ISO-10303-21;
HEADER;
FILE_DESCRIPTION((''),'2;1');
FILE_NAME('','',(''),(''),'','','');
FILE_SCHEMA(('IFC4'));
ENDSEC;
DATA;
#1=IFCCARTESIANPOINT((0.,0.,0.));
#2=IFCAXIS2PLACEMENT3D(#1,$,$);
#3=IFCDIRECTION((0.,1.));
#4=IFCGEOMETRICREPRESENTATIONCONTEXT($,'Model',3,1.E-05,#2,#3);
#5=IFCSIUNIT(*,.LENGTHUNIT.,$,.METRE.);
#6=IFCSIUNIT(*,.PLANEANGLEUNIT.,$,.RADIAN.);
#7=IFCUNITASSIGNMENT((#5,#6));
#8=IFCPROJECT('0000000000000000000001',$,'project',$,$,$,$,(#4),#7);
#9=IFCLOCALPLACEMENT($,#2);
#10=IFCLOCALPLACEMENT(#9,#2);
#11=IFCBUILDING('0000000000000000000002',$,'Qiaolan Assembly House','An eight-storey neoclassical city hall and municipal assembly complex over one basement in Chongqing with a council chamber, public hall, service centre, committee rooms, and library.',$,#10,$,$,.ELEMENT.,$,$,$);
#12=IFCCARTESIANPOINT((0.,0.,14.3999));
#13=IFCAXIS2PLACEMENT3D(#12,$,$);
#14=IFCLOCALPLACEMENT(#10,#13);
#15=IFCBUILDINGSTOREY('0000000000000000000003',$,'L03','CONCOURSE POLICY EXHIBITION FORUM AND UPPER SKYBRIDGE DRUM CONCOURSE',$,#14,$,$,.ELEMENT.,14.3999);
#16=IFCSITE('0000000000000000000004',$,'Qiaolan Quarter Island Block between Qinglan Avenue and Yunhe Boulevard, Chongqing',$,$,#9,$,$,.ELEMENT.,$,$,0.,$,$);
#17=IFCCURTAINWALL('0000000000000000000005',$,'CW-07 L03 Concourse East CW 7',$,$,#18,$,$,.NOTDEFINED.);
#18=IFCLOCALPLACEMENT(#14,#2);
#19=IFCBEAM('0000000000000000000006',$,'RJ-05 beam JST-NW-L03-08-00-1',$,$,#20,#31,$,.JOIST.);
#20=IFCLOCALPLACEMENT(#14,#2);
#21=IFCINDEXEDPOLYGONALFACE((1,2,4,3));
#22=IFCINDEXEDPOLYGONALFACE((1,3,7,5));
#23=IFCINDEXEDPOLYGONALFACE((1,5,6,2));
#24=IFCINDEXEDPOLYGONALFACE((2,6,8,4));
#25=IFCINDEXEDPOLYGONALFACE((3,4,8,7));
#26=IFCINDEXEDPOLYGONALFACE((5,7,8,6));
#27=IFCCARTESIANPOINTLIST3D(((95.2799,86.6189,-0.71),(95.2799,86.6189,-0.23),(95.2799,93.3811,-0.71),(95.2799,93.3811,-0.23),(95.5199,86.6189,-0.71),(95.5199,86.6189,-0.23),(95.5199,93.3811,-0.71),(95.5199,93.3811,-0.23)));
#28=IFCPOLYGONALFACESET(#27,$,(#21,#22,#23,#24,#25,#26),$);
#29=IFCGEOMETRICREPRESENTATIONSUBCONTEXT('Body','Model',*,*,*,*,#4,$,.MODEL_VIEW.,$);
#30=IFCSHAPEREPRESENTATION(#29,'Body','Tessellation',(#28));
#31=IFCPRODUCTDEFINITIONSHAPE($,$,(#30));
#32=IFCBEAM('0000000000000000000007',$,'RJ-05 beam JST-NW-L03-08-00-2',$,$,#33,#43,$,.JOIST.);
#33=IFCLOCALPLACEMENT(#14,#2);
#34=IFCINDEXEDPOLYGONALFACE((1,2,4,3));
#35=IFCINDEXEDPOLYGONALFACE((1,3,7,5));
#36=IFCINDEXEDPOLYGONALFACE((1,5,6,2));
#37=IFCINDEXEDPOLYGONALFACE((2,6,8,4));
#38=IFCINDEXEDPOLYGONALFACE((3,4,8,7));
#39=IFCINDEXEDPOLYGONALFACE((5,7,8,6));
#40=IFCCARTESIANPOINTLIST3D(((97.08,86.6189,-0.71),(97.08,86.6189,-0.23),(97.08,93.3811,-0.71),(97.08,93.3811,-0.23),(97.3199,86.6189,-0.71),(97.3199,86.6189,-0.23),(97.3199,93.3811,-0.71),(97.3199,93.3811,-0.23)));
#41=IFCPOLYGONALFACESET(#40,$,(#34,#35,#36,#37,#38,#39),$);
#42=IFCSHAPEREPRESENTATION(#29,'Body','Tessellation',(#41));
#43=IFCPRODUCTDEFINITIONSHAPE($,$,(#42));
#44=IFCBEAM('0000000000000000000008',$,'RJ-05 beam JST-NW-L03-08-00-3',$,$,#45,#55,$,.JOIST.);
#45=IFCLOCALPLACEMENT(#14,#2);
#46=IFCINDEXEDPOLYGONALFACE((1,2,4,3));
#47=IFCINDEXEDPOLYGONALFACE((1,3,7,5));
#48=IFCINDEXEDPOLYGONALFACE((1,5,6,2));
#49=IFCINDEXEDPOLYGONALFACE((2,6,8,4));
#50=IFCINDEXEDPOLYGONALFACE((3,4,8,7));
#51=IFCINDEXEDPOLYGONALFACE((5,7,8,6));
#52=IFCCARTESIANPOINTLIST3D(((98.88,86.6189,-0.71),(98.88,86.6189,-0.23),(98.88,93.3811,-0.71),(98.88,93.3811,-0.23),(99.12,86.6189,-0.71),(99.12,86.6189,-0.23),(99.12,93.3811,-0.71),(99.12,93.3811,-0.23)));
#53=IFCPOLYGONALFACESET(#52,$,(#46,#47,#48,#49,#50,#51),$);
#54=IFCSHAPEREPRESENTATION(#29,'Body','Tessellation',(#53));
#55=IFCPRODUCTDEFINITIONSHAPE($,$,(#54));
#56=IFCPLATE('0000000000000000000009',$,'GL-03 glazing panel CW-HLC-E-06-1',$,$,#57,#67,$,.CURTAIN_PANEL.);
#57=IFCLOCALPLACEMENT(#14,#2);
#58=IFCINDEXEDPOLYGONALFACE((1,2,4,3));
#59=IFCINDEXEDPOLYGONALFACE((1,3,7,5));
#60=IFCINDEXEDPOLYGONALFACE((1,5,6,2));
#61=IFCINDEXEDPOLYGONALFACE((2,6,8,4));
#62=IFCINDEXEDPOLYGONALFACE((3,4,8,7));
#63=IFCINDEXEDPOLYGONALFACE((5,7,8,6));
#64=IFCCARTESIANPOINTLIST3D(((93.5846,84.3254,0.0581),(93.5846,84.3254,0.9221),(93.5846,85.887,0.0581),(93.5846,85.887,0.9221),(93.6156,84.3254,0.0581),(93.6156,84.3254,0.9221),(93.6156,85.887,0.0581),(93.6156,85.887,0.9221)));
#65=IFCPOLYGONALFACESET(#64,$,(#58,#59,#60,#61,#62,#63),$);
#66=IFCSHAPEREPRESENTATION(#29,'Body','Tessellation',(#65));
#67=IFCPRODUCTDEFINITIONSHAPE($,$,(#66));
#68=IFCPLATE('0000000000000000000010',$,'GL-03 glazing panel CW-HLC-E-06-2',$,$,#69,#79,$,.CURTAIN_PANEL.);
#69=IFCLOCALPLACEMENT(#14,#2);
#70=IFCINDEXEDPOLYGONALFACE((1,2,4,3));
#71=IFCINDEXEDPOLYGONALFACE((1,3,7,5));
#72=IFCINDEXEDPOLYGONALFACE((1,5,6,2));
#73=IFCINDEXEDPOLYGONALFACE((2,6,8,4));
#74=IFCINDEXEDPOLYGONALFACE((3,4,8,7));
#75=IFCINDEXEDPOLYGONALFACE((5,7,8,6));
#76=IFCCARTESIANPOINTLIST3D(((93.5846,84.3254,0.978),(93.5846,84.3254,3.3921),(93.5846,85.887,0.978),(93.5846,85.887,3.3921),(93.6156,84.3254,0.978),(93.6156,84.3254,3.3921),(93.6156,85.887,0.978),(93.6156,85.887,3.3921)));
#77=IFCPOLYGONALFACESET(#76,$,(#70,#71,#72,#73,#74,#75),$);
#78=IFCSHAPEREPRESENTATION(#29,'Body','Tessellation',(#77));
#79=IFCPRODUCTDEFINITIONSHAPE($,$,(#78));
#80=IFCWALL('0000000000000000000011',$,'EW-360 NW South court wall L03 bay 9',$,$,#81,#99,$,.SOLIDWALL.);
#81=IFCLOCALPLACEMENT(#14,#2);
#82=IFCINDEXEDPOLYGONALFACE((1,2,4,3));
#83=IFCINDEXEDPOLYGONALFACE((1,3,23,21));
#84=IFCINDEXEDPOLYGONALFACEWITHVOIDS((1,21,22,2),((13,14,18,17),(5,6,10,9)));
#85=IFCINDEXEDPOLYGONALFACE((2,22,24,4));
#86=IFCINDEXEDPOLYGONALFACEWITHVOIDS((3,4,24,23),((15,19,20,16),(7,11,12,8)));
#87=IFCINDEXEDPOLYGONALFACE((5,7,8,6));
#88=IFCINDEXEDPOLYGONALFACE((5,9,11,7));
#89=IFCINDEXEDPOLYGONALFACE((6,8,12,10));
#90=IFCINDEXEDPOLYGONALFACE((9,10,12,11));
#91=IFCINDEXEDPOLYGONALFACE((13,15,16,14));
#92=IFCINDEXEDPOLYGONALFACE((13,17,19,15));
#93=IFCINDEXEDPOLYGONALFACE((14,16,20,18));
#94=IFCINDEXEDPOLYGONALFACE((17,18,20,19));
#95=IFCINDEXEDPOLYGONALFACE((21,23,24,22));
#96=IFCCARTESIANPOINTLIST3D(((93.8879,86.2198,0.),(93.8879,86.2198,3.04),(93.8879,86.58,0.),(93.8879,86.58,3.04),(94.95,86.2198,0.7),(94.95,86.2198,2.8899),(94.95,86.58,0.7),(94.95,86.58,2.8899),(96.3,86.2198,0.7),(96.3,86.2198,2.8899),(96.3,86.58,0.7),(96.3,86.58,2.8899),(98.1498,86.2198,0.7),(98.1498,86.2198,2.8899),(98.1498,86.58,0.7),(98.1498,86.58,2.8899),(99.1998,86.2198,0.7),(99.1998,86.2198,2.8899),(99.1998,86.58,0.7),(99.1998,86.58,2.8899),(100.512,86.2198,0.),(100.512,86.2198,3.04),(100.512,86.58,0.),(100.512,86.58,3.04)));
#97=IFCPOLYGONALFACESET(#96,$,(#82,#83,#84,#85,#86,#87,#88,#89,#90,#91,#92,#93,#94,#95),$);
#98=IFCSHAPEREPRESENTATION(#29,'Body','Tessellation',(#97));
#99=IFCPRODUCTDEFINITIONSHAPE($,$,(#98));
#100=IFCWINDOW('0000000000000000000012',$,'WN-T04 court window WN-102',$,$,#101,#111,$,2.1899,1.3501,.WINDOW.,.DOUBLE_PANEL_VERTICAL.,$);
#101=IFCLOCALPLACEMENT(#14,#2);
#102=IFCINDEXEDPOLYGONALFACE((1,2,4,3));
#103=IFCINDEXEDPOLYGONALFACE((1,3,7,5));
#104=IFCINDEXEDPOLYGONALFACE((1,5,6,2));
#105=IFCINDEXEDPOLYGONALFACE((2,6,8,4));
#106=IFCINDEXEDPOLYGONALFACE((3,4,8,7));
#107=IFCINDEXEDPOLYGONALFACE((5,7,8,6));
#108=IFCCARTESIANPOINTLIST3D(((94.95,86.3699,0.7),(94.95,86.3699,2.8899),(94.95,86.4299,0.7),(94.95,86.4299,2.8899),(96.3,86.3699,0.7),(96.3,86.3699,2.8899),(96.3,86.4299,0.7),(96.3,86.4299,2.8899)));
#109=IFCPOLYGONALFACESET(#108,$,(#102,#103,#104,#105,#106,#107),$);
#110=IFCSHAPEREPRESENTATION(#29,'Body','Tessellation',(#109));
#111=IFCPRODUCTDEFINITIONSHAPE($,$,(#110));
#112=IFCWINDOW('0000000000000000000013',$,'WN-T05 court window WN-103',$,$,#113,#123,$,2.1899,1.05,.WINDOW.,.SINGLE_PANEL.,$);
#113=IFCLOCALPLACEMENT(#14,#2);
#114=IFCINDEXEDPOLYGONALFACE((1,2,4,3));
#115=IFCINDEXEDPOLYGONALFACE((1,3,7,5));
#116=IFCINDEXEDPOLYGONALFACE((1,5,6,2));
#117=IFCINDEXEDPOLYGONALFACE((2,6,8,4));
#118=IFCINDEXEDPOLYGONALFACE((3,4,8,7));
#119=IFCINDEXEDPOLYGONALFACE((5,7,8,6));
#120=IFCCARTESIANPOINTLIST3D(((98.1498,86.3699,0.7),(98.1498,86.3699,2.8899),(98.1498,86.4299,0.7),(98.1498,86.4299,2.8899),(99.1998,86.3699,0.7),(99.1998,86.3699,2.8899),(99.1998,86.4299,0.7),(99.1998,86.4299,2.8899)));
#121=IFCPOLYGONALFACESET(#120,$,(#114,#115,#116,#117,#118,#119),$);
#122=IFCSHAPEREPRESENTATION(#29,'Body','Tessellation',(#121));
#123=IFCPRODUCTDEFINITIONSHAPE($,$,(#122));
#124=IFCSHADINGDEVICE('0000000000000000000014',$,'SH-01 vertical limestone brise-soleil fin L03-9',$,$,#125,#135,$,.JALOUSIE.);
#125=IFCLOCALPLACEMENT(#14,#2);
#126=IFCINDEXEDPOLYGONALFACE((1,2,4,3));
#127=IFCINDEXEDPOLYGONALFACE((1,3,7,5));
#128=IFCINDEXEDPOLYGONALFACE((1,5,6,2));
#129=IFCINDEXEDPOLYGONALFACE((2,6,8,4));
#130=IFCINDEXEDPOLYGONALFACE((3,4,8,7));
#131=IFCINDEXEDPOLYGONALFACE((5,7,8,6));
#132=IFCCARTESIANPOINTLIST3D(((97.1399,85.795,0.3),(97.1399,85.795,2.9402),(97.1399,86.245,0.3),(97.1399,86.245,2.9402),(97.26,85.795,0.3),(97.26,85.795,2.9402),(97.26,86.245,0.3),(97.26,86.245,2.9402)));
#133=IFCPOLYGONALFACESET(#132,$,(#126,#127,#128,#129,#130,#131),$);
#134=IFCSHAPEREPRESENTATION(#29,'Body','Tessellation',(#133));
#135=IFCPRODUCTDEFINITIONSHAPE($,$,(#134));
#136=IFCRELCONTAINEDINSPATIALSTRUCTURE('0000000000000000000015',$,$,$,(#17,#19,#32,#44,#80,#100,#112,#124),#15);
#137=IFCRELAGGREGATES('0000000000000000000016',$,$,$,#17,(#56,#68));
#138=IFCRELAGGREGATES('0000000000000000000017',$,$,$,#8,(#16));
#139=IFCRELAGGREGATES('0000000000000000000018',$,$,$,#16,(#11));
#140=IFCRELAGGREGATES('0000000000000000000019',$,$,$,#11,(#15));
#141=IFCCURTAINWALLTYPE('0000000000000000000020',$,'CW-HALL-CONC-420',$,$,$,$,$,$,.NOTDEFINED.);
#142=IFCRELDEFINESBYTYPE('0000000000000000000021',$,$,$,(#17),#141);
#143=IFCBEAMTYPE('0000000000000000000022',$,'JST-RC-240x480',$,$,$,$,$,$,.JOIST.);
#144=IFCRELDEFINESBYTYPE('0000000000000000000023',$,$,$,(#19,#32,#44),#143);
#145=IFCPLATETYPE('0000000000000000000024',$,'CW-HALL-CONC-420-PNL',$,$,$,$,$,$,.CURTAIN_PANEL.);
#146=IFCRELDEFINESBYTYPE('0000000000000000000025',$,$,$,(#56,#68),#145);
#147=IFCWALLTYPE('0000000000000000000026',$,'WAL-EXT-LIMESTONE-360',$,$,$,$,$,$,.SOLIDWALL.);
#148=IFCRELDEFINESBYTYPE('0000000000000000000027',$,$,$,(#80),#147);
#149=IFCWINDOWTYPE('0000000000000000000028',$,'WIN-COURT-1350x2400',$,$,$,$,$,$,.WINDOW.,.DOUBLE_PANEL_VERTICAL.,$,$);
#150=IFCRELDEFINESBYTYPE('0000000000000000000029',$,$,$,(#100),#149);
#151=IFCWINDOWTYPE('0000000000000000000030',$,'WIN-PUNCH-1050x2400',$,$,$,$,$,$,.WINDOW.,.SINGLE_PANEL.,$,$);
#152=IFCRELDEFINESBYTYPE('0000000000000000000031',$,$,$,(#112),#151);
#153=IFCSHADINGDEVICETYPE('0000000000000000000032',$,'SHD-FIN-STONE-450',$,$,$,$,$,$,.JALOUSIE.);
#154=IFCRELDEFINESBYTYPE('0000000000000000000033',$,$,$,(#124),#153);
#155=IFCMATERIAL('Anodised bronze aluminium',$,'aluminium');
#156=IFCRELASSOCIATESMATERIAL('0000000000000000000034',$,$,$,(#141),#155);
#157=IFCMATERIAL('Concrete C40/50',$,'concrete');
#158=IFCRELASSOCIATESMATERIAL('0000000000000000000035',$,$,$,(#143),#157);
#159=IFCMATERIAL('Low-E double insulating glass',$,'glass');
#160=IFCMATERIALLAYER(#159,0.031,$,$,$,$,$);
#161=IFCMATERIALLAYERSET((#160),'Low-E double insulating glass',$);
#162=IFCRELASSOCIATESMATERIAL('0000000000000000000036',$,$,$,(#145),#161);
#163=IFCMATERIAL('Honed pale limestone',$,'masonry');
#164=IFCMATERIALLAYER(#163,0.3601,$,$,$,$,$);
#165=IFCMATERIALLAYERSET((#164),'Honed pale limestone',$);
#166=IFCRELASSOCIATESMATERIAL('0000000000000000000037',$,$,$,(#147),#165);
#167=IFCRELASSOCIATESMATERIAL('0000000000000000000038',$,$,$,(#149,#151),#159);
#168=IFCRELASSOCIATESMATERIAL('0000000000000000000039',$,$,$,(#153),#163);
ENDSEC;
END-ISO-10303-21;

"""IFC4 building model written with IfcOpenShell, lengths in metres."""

from ifc_helpers import new_model, si_unit, direction, frame, frame_2d, origin, origin_2d, place, context, subcontext, project, spatial, rectangle, extrude, material, layer, layer_set, material_profile, profile_set, type_object, element, fill, aggregate, save


model = new_model("IFC4")

# Units and contexts
model_context = context("Model", 3, precision=1e-05, world=origin(), true_north=direction((0.0, 1.0)))
body_context = subcontext(model_context, "Body", "Model", "MODEL_VIEW")
ifc_project = project(units=[si_unit("LENGTHUNIT", "METRE"), si_unit("PLANEANGLEUNIT", "RADIAN")], contexts=[model_context])

# Site, building, storey
site_placement = place(None, origin())
site = spatial("IfcSite", under=ifc_project, at=site_placement, Name="Qiaolan Quarter Island Block between Qinglan Avenue and Yunhe Boulevard, Chongqing", CompositionType="ELEMENT", RefElevation=0.0)
building_placement = place(site_placement, origin())
building = spatial("IfcBuilding", under=site, at=building_placement, Name="Qiaolan Assembly House", Description="An eight-storey neoclassical city hall and municipal assembly complex over one basement in Chongqing with a council chamber, public hall, service centre, committee rooms, and library.", CompositionType="ELEMENT")
storey_placement = place(building_placement, frame((0.0, 0.0, 14.3999)))
storey = spatial("IfcBuildingStorey", under=building, at=storey_placement, Name="L03", Description="CONCOURSE POLICY EXHIBITION FORUM AND UPPER SKYBRIDGE DRUM CONCOURSE", CompositionType="ELEMENT", Elevation=14.3999)

# Shared definitions
ifc_material_1 = material(Name="Concrete C40/50", Category="concrete")

# Curtain wall
ifc_material_2 = material(Name="Anodised bronze aluminium", Category="aluminium")
curtain_wall_type = type_object("IfcCurtainWallType", Name="CW-HALL-CONC-420", PredefinedType="NOTDEFINED", material=ifc_material_2)
curtain_wall_placement = place(storey_placement, origin())
curtain_wall = element("IfcCurtainWall", 1, at=curtain_wall_placement, inside=storey, type_object=curtain_wall_type, Name="CW-07 L03 Concourse East CW 7", PredefinedType="NOTDEFINED")

# Beams
ifc_material_profile_1 = material_profile(ifc_material_1, rectangle(XDim=0.24, YDim=0.48, at=origin_2d()), Name="RCB 240x480")
ifc_profile_set_1 = profile_set([ifc_material_profile_1], Name="Concrete C40/50")
beam_type_1 = type_object("IfcBeamType", Name="JST-RC-240x480", PredefinedType="JOIST", material=ifc_profile_set_1)
for number, where, z_axis, x_axis, name in (
    (2, (95.3999, 86.6189, -0.47), (0.0, 1.0, 0.0), (-1.0, 0.0, 0.0), "RJ-05 beam JST-NW-L03-08-00-1"),
    (3, (97.2, 86.6189, -0.47), (0.0, 1.0, 0.0), (-1.0, 0.0, 0.0), "RJ-05 beam JST-NW-L03-08-00-2"),
    (4, (99.0, 86.6189, -0.47), (0.0, 1.0, 0.0), (-1.0, 0.0, 0.0), "RJ-05 beam JST-NW-L03-08-00-3"),
):
    element("IfcBeam", number, at=place(storey_placement, frame(where, z_axis=z_axis, x_axis=x_axis)), inside=storey, type_object=beam_type_1, Name=name, PredefinedType="JOIST", context=body_context, shape_type="SweptSolid", body=[
        extrude(rectangle(XDim=0.24, YDim=0.48, at=origin_2d()), origin(), (0.0, 0.0, 1.0), 6.7622),
    ])

# Plates
ifc_material_3 = material(Name="Low-E double insulating glass", Category="glass")
ifc_layer_1 = layer(ifc_material_3, 0.031)
ifc_layer_set_1 = layer_set([ifc_layer_1], Name="Low-E double insulating glass")
plate_type = type_object("IfcPlateType", Name="CW-HALL-CONC-420-PNL", PredefinedType="CURTAIN_PANEL", material=ifc_layer_set_1)
plate_1_placement = place(storey_placement, frame((93.6001, 85.887, 0.0581), z_axis=(0.0, 0.0, 1.0), x_axis=(0.0, -1.0, 0.0)))
plate_1 = element("IfcPlate", 5, at=plate_1_placement, type_object=plate_type, Name="GL-03 glazing panel CW-HLC-E-06-1", PredefinedType="CURTAIN_PANEL", context=body_context, shape_type="SweptSolid", body=[
    extrude(rectangle(XDim=1.5615, YDim=0.031, at=frame_2d((0.7808, 0.0))), origin(), (0.0, 0.0, 1.0), 0.864),
])
plate_2_placement = place(storey_placement, frame((93.6001, 85.887, 0.978), z_axis=(0.0, 0.0, 1.0), x_axis=(0.0, -1.0, 0.0)))
plate_2 = element("IfcPlate", 6, at=plate_2_placement, type_object=plate_type, Name="GL-03 glazing panel CW-HLC-E-06-2", PredefinedType="CURTAIN_PANEL", context=body_context, shape_type="SweptSolid", body=[
    extrude(rectangle(XDim=1.5615, YDim=0.031, at=frame_2d((0.7808, 0.0))), origin(), (0.0, 0.0, 1.0), 2.4141),
])
aggregate(curtain_wall, [plate_1, plate_2])

# Wall, openings, windows
ifc_material_4 = material(Name="Honed pale limestone", Category="masonry")
ifc_layer_2 = layer(ifc_material_4, 0.3601)
ifc_layer_set_2 = layer_set([ifc_layer_2], Name="Honed pale limestone")
wall_type = type_object("IfcWallType", Name="WAL-EXT-LIMESTONE-360", PredefinedType="SOLIDWALL", material=ifc_layer_set_2)
wall_placement = place(storey_placement, frame((93.8879, 86.3999, 0.0), z_axis=(0.0, 0.0, 1.0), x_axis=(1.0, 0.0, 0.0)))
wall = element("IfcWall", 7, at=wall_placement, inside=storey, type_object=wall_type, Name="EW-360 NW South court wall L03 bay 9", PredefinedType="SOLIDWALL", context=body_context, shape_type="SweptSolid", body=[
    extrude(rectangle(XDim=6.624, YDim=0.3601, at=frame_2d((3.312, 0.0))), origin(), (0.0, 0.0, 1.0), 3.04),
])
opening_1_placement = place(wall_placement, frame((1.062, 0.0, 0.7)))
opening_1 = element("IfcOpeningElement", 8, at=opening_1_placement, cuts=wall, PredefinedType="OPENING", context=body_context, shape_type="SweptSolid", body=[
    extrude(rectangle(XDim=1.3501, YDim=2.1899, at=frame_2d((0.675, 1.095))), frame((0.0, 0.1899, 0.0), z_axis=(0.0, -1.0, 0.0), x_axis=(1.0, 0.0, 0.0)), (0.0, 0.0, 1.0), 0.3801),
])
opening_2_placement = place(wall_placement, frame((4.262, 0.0, 0.7)))
opening_2 = element("IfcOpeningElement", 9, at=opening_2_placement, cuts=wall, PredefinedType="OPENING", context=body_context, shape_type="SweptSolid", body=[
    extrude(rectangle(XDim=1.05, YDim=2.1899, at=frame_2d((0.5249, 1.095))), frame((0.0, 0.1899, 0.0), z_axis=(0.0, -1.0, 0.0), x_axis=(1.0, 0.0, 0.0)), (0.0, 0.0, 1.0), 0.3801),
])
window_type_1 = type_object("IfcWindowType", Name="WIN-COURT-1350x2400", PartitioningType="DOUBLE_PANEL_VERTICAL", PredefinedType="WINDOW", material=ifc_material_3)
window_1_placement = place(opening_1_placement, origin())
window_1 = element("IfcWindow", 10, at=window_1_placement, inside=storey, type_object=window_type_1, Name="WN-T04 court window WN-102", OverallHeight=2.1899, OverallWidth=1.3501, PartitioningType="DOUBLE_PANEL_VERTICAL", PredefinedType="WINDOW", context=body_context, shape_type="SweptSolid", body=[
    extrude(rectangle(XDim=1.3501, YDim=2.1899, at=frame_2d((0.675, 1.095))), frame((0.0, 0.03, 0.0), z_axis=(0.0, -1.0, 0.0), x_axis=(1.0, 0.0, 0.0)), (0.0, 0.0, 1.0), 0.0601),
])
fill(opening_1, window_1)
window_type_2 = type_object("IfcWindowType", Name="WIN-PUNCH-1050x2400", PartitioningType="SINGLE_PANEL", PredefinedType="WINDOW", material=ifc_material_3)
window_2_placement = place(opening_2_placement, origin())
window_2 = element("IfcWindow", 11, at=window_2_placement, inside=storey, type_object=window_type_2, Name="WN-T05 court window WN-103", OverallHeight=2.1899, OverallWidth=1.05, PartitioningType="SINGLE_PANEL", PredefinedType="WINDOW", context=body_context, shape_type="SweptSolid", body=[
    extrude(rectangle(XDim=1.05, YDim=2.1899, at=frame_2d((0.5249, 1.095))), frame((0.0, 0.03, 0.0), z_axis=(0.0, -1.0, 0.0), x_axis=(1.0, 0.0, 0.0)), (0.0, 0.0, 1.0), 0.0601),
])
fill(opening_2, window_2)

# Shading device
ifc_material_profile_2 = material_profile(ifc_material_4, rectangle(XDim=0.1201, YDim=0.45, at=origin_2d()), Name="FIN 120x450")
ifc_profile_set_2 = profile_set([ifc_material_profile_2], Name="Honed pale limestone")
shading_device_type = type_object("IfcShadingDeviceType", Name="SHD-FIN-STONE-450", PredefinedType="JALOUSIE", material=ifc_profile_set_2)
shading_device_placement = place(storey_placement, frame((97.2, 86.02, 0.3), z_axis=(0.0, 0.0, 1.0), x_axis=(1.0, 0.0, 0.0)))
element("IfcShadingDevice", 12, at=shading_device_placement, inside=storey, type_object=shading_device_type, Name="SH-01 vertical limestone brise-soleil fin L03-9", PredefinedType="JALOUSIE", context=body_context, shape_type="SweptSolid", body=[
    extrude(rectangle(XDim=0.1201, YDim=0.45, at=origin_2d()), origin(), (0.0, 0.0, 1.0), 2.6401),
])

save(model, "model.ifc")
